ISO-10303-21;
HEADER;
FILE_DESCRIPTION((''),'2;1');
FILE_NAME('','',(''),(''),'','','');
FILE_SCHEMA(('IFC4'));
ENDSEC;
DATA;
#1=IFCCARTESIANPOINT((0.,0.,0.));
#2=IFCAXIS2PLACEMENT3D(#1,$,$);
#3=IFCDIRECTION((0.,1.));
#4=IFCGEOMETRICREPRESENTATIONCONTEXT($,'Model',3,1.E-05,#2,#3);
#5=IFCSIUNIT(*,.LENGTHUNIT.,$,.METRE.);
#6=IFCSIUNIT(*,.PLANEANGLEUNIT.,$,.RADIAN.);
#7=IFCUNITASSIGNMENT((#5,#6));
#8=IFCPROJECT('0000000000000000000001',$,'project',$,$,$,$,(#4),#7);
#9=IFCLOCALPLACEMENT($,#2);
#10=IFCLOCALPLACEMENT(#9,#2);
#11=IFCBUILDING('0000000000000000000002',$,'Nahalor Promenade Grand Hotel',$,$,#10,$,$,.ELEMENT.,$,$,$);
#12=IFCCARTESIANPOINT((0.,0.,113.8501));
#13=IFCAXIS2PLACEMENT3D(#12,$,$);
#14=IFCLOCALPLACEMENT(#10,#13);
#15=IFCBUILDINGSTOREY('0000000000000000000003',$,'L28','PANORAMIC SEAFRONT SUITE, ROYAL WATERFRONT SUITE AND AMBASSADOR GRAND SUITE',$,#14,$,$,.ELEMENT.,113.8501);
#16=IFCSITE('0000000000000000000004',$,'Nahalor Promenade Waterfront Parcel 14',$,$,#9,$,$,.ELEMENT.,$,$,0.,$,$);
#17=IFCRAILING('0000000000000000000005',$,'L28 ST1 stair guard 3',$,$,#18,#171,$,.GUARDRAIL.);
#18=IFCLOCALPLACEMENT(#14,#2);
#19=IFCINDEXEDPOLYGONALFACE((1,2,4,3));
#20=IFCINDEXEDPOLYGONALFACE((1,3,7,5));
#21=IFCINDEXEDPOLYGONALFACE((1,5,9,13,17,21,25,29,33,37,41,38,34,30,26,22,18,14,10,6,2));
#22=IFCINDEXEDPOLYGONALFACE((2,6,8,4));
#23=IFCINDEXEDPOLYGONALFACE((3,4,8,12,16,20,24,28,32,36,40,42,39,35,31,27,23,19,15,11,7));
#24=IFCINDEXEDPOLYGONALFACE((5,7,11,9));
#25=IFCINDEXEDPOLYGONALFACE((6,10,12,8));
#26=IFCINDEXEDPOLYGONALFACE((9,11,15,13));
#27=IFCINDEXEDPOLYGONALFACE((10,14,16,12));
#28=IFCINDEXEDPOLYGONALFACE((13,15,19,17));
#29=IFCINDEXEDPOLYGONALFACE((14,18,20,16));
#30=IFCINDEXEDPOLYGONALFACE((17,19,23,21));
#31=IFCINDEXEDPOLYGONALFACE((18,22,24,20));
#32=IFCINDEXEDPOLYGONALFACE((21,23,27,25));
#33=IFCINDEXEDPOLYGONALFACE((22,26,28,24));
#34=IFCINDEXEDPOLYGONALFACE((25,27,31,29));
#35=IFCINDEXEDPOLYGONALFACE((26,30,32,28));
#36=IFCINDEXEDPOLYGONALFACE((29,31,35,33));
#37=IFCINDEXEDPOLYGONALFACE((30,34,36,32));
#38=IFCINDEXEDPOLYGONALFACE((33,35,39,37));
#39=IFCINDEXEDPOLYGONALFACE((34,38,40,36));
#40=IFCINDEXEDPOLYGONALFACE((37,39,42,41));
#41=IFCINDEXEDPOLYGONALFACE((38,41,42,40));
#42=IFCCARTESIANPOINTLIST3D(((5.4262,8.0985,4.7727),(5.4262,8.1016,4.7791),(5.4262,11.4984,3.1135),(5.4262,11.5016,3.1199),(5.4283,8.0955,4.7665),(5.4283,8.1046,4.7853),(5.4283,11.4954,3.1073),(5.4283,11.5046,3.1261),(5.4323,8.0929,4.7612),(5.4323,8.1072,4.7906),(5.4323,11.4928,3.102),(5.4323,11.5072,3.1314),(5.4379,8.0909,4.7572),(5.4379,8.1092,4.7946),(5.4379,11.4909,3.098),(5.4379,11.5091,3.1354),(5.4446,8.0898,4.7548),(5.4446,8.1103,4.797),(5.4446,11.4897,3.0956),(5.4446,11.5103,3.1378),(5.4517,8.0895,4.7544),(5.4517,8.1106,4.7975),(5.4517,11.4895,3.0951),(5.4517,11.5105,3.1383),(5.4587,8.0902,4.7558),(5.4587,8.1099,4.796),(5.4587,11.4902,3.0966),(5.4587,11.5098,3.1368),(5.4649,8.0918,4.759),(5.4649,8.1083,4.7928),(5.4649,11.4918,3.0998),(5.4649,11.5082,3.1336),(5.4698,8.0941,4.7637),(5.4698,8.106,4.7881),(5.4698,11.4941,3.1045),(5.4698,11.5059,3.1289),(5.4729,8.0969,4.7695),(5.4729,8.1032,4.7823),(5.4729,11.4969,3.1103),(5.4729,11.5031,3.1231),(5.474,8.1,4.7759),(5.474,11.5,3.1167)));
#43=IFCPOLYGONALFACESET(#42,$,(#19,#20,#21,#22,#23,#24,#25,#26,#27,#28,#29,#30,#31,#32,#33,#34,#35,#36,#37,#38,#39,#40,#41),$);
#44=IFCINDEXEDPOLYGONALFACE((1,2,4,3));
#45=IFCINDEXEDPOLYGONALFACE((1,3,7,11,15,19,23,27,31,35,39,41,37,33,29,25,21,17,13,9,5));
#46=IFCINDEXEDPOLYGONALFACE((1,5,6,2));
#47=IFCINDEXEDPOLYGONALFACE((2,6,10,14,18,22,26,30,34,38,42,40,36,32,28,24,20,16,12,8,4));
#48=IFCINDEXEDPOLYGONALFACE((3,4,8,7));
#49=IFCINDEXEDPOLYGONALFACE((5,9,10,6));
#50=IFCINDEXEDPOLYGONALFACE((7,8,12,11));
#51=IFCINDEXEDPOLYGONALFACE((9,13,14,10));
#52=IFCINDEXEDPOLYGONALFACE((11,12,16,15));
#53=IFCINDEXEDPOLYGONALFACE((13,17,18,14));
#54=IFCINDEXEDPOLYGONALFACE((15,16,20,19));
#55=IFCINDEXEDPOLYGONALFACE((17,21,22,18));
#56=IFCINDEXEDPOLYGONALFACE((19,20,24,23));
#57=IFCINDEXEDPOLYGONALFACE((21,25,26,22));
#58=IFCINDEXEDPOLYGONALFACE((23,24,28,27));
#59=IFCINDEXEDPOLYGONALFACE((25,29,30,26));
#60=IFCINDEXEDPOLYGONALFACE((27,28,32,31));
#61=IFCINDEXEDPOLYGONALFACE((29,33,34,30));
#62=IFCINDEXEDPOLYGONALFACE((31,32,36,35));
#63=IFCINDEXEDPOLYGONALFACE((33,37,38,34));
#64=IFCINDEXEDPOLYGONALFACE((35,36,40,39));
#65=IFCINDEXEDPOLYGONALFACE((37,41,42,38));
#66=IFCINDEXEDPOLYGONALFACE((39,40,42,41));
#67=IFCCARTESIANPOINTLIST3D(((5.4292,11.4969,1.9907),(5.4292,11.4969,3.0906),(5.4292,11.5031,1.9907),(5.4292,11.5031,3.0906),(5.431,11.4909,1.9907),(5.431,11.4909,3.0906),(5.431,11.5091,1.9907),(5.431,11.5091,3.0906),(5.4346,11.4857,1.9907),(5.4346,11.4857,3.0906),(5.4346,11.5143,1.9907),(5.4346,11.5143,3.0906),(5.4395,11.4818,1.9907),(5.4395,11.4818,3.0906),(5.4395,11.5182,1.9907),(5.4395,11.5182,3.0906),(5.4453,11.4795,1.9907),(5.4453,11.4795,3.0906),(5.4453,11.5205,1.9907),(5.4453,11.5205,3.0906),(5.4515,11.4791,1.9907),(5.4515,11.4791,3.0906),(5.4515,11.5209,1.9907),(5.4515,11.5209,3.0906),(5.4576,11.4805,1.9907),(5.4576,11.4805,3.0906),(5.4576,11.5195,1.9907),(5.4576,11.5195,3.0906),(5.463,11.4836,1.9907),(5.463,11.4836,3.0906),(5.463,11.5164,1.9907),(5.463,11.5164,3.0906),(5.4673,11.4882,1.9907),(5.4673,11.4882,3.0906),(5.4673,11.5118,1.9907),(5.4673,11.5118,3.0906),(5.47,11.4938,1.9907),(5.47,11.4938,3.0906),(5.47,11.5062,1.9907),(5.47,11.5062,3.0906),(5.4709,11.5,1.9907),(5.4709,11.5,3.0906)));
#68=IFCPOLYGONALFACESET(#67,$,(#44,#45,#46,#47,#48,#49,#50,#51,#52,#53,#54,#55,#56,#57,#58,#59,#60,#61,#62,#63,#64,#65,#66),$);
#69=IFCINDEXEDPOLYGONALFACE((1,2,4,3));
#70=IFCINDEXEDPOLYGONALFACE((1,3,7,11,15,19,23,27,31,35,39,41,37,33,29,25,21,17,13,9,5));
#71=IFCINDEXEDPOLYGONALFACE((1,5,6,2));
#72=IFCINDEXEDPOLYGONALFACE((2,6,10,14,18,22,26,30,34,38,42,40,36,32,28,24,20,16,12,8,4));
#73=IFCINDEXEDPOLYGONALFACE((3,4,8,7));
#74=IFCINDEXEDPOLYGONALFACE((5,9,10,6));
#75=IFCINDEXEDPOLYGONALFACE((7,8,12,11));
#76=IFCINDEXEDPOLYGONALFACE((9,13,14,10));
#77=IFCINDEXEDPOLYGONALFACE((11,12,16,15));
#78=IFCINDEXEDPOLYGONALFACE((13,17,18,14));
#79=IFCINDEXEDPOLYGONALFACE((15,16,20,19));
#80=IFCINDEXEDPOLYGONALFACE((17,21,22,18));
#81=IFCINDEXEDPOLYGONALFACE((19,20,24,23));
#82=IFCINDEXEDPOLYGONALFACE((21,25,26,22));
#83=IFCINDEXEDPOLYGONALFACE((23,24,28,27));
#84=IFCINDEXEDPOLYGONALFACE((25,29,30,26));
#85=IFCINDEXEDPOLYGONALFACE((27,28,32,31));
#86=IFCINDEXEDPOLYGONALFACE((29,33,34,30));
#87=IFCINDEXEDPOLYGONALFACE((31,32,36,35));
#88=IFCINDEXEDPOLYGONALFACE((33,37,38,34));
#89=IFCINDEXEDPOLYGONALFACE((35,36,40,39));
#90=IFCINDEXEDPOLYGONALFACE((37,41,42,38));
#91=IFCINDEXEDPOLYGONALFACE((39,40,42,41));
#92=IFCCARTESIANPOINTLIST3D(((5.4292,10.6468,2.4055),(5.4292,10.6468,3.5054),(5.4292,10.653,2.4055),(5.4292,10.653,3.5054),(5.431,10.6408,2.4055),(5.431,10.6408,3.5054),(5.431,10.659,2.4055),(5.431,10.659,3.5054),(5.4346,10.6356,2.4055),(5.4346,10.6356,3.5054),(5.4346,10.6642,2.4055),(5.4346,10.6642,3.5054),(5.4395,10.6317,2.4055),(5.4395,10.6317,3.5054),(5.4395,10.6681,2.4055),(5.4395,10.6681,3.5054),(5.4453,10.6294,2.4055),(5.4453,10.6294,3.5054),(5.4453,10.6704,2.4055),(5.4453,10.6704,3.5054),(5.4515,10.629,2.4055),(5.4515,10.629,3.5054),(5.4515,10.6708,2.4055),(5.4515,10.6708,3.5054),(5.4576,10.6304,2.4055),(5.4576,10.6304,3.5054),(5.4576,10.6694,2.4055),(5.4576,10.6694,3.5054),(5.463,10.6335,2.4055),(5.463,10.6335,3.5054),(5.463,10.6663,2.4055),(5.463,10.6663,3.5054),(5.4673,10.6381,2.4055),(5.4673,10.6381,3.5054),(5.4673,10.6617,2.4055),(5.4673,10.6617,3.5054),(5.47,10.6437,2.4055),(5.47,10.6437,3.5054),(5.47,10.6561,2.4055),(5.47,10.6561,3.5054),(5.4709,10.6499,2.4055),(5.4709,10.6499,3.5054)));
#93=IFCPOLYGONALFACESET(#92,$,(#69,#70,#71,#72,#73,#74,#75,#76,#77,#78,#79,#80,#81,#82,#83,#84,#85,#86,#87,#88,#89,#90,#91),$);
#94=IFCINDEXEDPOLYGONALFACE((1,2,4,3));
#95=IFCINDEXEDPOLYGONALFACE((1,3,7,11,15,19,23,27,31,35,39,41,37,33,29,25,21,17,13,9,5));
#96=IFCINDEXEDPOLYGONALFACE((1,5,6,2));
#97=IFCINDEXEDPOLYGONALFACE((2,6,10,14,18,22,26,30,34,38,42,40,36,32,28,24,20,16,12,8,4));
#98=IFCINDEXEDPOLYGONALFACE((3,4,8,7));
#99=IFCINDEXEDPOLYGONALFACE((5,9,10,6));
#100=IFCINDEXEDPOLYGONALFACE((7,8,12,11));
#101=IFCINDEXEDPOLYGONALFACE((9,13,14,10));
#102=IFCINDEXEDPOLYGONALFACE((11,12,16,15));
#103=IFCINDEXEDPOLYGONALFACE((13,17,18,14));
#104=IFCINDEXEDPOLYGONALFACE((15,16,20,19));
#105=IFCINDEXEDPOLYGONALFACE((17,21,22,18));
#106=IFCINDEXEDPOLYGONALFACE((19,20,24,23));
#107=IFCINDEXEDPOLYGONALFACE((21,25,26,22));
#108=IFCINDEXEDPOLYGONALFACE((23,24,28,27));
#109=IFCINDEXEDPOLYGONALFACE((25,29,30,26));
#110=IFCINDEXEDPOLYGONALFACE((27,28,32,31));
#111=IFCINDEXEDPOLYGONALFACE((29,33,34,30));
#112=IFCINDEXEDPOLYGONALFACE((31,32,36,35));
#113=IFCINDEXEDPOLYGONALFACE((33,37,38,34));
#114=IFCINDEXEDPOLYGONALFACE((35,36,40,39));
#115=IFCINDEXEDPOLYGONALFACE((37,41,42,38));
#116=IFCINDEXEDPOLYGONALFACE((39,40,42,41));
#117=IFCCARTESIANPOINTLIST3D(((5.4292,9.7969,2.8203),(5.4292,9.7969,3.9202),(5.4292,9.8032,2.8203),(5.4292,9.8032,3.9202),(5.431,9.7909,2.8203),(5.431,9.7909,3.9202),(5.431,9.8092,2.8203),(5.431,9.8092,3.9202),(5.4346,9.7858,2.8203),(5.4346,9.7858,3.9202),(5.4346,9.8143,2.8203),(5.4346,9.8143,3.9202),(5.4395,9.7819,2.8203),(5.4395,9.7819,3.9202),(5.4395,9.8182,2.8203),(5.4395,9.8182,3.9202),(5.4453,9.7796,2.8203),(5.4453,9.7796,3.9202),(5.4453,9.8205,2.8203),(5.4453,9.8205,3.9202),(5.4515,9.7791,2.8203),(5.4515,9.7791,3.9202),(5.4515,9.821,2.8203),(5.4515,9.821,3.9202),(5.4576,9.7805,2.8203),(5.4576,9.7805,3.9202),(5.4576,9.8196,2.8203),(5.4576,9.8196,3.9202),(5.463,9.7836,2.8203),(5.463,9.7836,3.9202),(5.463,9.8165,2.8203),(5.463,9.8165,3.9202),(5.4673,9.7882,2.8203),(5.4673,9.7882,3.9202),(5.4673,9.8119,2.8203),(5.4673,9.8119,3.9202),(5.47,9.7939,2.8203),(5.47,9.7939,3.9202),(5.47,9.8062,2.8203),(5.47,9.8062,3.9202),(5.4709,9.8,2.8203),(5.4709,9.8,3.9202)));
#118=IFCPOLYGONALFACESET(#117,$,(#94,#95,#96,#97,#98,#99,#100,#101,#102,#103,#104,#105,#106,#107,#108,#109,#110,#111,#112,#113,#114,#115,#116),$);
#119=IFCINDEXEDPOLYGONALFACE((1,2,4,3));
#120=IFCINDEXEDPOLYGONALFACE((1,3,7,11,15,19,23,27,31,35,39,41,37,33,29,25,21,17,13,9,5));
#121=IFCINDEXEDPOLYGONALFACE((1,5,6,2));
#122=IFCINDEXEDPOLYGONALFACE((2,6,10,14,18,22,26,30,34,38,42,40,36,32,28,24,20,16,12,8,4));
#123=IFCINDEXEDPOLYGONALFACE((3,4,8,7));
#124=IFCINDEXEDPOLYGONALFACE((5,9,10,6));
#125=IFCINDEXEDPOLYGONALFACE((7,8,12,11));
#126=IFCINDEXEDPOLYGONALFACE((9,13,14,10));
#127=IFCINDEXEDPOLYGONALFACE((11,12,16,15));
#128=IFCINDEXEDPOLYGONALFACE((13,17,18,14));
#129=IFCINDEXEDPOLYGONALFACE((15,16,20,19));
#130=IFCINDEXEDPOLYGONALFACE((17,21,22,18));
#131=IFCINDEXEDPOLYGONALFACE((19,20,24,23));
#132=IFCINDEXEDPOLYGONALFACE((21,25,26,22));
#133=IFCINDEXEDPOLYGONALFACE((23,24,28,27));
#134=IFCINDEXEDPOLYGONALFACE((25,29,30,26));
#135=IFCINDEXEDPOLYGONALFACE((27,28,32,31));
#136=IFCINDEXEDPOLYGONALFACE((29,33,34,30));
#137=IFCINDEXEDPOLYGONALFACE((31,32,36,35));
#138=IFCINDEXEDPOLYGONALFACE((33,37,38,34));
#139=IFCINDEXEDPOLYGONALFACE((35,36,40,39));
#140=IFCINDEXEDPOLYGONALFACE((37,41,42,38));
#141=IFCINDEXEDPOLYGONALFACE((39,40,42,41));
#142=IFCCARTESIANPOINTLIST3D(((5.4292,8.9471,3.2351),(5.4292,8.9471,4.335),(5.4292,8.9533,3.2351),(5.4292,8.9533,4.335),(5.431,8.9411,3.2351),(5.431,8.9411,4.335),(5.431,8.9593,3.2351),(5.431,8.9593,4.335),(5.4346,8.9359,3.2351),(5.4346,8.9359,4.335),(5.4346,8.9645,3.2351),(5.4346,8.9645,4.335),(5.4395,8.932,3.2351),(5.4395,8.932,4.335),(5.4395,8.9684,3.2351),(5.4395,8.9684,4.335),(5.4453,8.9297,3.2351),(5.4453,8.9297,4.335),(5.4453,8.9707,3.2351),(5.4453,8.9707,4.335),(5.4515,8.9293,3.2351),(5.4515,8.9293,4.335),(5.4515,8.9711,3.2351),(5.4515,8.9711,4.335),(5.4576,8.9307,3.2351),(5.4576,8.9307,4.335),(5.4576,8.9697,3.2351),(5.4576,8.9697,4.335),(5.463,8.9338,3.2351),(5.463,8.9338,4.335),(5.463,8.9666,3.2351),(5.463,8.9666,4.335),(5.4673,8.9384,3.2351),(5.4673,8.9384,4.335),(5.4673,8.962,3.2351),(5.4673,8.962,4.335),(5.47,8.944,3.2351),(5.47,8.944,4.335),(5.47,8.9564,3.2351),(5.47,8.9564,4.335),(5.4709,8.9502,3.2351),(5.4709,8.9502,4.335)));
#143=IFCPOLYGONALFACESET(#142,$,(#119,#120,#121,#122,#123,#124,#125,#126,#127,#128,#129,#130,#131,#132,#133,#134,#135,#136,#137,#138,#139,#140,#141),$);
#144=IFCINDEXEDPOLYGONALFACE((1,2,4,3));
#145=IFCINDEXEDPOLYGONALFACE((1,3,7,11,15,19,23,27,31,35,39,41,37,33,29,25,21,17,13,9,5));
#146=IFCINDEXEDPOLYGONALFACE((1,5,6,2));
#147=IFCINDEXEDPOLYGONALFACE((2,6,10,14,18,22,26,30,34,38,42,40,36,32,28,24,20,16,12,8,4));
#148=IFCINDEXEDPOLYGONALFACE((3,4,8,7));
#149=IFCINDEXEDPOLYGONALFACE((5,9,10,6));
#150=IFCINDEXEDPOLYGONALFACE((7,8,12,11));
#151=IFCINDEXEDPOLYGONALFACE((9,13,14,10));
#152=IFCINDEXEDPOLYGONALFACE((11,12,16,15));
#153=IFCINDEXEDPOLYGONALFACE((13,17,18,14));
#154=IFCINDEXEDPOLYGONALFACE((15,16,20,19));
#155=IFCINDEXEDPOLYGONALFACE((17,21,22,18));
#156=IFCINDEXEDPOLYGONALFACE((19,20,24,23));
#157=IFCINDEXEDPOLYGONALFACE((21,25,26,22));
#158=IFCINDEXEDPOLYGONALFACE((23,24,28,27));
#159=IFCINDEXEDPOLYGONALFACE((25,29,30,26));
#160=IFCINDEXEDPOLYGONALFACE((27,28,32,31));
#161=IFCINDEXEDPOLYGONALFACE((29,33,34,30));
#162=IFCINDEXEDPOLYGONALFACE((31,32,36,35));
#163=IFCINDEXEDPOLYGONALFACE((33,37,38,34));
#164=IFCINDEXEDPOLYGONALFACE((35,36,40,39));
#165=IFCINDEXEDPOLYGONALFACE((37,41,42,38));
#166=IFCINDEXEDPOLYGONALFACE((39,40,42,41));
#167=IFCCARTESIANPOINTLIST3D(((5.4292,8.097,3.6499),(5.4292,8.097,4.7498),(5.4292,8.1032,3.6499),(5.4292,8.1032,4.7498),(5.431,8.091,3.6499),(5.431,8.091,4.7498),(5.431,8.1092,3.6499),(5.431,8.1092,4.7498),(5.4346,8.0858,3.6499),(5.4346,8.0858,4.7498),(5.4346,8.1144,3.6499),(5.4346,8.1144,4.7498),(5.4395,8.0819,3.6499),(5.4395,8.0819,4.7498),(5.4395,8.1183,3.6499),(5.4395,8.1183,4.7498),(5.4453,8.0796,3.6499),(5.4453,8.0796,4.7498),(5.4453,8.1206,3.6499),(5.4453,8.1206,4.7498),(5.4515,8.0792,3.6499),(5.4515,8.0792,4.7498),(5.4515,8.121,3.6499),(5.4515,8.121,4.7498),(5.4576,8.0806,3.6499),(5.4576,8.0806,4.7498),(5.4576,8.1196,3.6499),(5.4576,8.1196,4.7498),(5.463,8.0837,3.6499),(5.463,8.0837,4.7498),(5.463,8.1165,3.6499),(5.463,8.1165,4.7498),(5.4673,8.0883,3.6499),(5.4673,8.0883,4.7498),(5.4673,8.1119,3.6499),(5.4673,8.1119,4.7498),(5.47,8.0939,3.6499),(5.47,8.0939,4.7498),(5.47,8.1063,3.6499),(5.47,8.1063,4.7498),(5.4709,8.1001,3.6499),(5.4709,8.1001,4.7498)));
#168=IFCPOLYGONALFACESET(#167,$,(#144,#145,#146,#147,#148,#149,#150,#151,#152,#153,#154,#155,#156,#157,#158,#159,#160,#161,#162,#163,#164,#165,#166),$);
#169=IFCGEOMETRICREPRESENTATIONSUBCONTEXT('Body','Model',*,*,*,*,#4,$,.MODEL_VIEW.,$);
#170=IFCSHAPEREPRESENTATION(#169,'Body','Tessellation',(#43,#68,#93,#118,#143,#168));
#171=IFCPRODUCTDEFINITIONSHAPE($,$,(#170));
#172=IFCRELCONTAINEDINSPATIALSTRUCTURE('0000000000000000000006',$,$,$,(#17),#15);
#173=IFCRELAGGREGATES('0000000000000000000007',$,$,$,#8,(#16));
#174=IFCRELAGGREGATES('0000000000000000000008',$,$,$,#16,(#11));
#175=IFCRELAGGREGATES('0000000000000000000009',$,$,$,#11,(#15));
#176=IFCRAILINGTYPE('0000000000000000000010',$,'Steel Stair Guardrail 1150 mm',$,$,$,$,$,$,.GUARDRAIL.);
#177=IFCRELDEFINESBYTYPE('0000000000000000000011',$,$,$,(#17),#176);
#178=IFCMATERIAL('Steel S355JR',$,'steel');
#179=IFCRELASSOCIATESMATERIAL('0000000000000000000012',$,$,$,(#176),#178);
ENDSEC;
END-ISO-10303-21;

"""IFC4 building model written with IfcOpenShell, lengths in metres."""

from ifc_helpers import new_model, si_unit, direction, frame, origin, origin_2d, place, context, subcontext, project, spatial, circle, extrude, material, type_object, element, save


model = new_model("IFC4")

# Units and contexts
model_context = context("Model", 3, precision=1e-05, world=origin(), true_north=direction((0.0, 1.0)))
body_context = subcontext(model_context, "Body", "Model", "MODEL_VIEW")
ifc_project = project(units=[si_unit("LENGTHUNIT", "METRE"), si_unit("PLANEANGLEUNIT", "RADIAN")], contexts=[model_context])

# Site, building, storey
site_placement = place(None, origin())
site = spatial("IfcSite", under=ifc_project, at=site_placement, Name="Nahalor Promenade Waterfront Parcel 14", CompositionType="ELEMENT", RefElevation=0.0)
building_placement = place(site_placement, origin())
building = spatial("IfcBuilding", under=site, at=building_placement, Name="Nahalor Promenade Grand Hotel", CompositionType="ELEMENT")
storey_placement = place(building_placement, frame((0.0, 0.0, 113.8501)))
storey = spatial("IfcBuildingStorey", under=building, at=storey_placement, Name="L28", Description="PANORAMIC SEAFRONT SUITE, ROYAL WATERFRONT SUITE AND AMBASSADOR GRAND SUITE", CompositionType="ELEMENT", Elevation=113.8501)

# Shared definitions
ifc_material_1 = material(Name="Steel S355JR", Category="steel")

# Railing
railing_type_1 = type_object("IfcRailingType", Name="Steel Stair Guardrail 1150 mm", PredefinedType="GUARDRAIL", material=ifc_material_1)
railing_1_placement = place(storey_placement, frame((5.45, 11.5, 1.9907)))
element("IfcRailing", 1, at=railing_1_placement, inside=storey, type_object=railing_type_1, Name="L28 ST1 stair guard 3", PredefinedType="GUARDRAIL", context=body_context, shape_type="SweptSolid", body=[
    extrude(circle(Radius=0.024, at=origin_2d()), frame((0.0, 0.0, 1.126), z_axis=(0.0, -0.898696, 0.438571), x_axis=(1.0, 0.0, 0.0)), (0.0, 0.0, 1.0), 3.7832),
    extrude(circle(Radius=0.021, at=origin_2d()), origin(), (0.0, 0.0, 1.0), 1.0999),
    extrude(circle(Radius=0.021, at=origin_2d()), frame((0.0, -0.8501, 0.4148)), (0.0, 0.0, 1.0), 1.0999),
    extrude(circle(Radius=0.021, at=origin_2d()), frame((0.0, -1.7, 0.8296)), (0.0, 0.0, 1.0), 1.0999),
    extrude(circle(Radius=0.021, at=origin_2d()), frame((0.0, -2.5498, 1.2444)), (0.0, 0.0, 1.0), 1.0999),
    extrude(circle(Radius=0.021, at=origin_2d()), frame((0.0, -3.3999, 1.6592)), (0.0, 0.0, 1.0), 1.0999),
])

save(model, "model.ifc")
